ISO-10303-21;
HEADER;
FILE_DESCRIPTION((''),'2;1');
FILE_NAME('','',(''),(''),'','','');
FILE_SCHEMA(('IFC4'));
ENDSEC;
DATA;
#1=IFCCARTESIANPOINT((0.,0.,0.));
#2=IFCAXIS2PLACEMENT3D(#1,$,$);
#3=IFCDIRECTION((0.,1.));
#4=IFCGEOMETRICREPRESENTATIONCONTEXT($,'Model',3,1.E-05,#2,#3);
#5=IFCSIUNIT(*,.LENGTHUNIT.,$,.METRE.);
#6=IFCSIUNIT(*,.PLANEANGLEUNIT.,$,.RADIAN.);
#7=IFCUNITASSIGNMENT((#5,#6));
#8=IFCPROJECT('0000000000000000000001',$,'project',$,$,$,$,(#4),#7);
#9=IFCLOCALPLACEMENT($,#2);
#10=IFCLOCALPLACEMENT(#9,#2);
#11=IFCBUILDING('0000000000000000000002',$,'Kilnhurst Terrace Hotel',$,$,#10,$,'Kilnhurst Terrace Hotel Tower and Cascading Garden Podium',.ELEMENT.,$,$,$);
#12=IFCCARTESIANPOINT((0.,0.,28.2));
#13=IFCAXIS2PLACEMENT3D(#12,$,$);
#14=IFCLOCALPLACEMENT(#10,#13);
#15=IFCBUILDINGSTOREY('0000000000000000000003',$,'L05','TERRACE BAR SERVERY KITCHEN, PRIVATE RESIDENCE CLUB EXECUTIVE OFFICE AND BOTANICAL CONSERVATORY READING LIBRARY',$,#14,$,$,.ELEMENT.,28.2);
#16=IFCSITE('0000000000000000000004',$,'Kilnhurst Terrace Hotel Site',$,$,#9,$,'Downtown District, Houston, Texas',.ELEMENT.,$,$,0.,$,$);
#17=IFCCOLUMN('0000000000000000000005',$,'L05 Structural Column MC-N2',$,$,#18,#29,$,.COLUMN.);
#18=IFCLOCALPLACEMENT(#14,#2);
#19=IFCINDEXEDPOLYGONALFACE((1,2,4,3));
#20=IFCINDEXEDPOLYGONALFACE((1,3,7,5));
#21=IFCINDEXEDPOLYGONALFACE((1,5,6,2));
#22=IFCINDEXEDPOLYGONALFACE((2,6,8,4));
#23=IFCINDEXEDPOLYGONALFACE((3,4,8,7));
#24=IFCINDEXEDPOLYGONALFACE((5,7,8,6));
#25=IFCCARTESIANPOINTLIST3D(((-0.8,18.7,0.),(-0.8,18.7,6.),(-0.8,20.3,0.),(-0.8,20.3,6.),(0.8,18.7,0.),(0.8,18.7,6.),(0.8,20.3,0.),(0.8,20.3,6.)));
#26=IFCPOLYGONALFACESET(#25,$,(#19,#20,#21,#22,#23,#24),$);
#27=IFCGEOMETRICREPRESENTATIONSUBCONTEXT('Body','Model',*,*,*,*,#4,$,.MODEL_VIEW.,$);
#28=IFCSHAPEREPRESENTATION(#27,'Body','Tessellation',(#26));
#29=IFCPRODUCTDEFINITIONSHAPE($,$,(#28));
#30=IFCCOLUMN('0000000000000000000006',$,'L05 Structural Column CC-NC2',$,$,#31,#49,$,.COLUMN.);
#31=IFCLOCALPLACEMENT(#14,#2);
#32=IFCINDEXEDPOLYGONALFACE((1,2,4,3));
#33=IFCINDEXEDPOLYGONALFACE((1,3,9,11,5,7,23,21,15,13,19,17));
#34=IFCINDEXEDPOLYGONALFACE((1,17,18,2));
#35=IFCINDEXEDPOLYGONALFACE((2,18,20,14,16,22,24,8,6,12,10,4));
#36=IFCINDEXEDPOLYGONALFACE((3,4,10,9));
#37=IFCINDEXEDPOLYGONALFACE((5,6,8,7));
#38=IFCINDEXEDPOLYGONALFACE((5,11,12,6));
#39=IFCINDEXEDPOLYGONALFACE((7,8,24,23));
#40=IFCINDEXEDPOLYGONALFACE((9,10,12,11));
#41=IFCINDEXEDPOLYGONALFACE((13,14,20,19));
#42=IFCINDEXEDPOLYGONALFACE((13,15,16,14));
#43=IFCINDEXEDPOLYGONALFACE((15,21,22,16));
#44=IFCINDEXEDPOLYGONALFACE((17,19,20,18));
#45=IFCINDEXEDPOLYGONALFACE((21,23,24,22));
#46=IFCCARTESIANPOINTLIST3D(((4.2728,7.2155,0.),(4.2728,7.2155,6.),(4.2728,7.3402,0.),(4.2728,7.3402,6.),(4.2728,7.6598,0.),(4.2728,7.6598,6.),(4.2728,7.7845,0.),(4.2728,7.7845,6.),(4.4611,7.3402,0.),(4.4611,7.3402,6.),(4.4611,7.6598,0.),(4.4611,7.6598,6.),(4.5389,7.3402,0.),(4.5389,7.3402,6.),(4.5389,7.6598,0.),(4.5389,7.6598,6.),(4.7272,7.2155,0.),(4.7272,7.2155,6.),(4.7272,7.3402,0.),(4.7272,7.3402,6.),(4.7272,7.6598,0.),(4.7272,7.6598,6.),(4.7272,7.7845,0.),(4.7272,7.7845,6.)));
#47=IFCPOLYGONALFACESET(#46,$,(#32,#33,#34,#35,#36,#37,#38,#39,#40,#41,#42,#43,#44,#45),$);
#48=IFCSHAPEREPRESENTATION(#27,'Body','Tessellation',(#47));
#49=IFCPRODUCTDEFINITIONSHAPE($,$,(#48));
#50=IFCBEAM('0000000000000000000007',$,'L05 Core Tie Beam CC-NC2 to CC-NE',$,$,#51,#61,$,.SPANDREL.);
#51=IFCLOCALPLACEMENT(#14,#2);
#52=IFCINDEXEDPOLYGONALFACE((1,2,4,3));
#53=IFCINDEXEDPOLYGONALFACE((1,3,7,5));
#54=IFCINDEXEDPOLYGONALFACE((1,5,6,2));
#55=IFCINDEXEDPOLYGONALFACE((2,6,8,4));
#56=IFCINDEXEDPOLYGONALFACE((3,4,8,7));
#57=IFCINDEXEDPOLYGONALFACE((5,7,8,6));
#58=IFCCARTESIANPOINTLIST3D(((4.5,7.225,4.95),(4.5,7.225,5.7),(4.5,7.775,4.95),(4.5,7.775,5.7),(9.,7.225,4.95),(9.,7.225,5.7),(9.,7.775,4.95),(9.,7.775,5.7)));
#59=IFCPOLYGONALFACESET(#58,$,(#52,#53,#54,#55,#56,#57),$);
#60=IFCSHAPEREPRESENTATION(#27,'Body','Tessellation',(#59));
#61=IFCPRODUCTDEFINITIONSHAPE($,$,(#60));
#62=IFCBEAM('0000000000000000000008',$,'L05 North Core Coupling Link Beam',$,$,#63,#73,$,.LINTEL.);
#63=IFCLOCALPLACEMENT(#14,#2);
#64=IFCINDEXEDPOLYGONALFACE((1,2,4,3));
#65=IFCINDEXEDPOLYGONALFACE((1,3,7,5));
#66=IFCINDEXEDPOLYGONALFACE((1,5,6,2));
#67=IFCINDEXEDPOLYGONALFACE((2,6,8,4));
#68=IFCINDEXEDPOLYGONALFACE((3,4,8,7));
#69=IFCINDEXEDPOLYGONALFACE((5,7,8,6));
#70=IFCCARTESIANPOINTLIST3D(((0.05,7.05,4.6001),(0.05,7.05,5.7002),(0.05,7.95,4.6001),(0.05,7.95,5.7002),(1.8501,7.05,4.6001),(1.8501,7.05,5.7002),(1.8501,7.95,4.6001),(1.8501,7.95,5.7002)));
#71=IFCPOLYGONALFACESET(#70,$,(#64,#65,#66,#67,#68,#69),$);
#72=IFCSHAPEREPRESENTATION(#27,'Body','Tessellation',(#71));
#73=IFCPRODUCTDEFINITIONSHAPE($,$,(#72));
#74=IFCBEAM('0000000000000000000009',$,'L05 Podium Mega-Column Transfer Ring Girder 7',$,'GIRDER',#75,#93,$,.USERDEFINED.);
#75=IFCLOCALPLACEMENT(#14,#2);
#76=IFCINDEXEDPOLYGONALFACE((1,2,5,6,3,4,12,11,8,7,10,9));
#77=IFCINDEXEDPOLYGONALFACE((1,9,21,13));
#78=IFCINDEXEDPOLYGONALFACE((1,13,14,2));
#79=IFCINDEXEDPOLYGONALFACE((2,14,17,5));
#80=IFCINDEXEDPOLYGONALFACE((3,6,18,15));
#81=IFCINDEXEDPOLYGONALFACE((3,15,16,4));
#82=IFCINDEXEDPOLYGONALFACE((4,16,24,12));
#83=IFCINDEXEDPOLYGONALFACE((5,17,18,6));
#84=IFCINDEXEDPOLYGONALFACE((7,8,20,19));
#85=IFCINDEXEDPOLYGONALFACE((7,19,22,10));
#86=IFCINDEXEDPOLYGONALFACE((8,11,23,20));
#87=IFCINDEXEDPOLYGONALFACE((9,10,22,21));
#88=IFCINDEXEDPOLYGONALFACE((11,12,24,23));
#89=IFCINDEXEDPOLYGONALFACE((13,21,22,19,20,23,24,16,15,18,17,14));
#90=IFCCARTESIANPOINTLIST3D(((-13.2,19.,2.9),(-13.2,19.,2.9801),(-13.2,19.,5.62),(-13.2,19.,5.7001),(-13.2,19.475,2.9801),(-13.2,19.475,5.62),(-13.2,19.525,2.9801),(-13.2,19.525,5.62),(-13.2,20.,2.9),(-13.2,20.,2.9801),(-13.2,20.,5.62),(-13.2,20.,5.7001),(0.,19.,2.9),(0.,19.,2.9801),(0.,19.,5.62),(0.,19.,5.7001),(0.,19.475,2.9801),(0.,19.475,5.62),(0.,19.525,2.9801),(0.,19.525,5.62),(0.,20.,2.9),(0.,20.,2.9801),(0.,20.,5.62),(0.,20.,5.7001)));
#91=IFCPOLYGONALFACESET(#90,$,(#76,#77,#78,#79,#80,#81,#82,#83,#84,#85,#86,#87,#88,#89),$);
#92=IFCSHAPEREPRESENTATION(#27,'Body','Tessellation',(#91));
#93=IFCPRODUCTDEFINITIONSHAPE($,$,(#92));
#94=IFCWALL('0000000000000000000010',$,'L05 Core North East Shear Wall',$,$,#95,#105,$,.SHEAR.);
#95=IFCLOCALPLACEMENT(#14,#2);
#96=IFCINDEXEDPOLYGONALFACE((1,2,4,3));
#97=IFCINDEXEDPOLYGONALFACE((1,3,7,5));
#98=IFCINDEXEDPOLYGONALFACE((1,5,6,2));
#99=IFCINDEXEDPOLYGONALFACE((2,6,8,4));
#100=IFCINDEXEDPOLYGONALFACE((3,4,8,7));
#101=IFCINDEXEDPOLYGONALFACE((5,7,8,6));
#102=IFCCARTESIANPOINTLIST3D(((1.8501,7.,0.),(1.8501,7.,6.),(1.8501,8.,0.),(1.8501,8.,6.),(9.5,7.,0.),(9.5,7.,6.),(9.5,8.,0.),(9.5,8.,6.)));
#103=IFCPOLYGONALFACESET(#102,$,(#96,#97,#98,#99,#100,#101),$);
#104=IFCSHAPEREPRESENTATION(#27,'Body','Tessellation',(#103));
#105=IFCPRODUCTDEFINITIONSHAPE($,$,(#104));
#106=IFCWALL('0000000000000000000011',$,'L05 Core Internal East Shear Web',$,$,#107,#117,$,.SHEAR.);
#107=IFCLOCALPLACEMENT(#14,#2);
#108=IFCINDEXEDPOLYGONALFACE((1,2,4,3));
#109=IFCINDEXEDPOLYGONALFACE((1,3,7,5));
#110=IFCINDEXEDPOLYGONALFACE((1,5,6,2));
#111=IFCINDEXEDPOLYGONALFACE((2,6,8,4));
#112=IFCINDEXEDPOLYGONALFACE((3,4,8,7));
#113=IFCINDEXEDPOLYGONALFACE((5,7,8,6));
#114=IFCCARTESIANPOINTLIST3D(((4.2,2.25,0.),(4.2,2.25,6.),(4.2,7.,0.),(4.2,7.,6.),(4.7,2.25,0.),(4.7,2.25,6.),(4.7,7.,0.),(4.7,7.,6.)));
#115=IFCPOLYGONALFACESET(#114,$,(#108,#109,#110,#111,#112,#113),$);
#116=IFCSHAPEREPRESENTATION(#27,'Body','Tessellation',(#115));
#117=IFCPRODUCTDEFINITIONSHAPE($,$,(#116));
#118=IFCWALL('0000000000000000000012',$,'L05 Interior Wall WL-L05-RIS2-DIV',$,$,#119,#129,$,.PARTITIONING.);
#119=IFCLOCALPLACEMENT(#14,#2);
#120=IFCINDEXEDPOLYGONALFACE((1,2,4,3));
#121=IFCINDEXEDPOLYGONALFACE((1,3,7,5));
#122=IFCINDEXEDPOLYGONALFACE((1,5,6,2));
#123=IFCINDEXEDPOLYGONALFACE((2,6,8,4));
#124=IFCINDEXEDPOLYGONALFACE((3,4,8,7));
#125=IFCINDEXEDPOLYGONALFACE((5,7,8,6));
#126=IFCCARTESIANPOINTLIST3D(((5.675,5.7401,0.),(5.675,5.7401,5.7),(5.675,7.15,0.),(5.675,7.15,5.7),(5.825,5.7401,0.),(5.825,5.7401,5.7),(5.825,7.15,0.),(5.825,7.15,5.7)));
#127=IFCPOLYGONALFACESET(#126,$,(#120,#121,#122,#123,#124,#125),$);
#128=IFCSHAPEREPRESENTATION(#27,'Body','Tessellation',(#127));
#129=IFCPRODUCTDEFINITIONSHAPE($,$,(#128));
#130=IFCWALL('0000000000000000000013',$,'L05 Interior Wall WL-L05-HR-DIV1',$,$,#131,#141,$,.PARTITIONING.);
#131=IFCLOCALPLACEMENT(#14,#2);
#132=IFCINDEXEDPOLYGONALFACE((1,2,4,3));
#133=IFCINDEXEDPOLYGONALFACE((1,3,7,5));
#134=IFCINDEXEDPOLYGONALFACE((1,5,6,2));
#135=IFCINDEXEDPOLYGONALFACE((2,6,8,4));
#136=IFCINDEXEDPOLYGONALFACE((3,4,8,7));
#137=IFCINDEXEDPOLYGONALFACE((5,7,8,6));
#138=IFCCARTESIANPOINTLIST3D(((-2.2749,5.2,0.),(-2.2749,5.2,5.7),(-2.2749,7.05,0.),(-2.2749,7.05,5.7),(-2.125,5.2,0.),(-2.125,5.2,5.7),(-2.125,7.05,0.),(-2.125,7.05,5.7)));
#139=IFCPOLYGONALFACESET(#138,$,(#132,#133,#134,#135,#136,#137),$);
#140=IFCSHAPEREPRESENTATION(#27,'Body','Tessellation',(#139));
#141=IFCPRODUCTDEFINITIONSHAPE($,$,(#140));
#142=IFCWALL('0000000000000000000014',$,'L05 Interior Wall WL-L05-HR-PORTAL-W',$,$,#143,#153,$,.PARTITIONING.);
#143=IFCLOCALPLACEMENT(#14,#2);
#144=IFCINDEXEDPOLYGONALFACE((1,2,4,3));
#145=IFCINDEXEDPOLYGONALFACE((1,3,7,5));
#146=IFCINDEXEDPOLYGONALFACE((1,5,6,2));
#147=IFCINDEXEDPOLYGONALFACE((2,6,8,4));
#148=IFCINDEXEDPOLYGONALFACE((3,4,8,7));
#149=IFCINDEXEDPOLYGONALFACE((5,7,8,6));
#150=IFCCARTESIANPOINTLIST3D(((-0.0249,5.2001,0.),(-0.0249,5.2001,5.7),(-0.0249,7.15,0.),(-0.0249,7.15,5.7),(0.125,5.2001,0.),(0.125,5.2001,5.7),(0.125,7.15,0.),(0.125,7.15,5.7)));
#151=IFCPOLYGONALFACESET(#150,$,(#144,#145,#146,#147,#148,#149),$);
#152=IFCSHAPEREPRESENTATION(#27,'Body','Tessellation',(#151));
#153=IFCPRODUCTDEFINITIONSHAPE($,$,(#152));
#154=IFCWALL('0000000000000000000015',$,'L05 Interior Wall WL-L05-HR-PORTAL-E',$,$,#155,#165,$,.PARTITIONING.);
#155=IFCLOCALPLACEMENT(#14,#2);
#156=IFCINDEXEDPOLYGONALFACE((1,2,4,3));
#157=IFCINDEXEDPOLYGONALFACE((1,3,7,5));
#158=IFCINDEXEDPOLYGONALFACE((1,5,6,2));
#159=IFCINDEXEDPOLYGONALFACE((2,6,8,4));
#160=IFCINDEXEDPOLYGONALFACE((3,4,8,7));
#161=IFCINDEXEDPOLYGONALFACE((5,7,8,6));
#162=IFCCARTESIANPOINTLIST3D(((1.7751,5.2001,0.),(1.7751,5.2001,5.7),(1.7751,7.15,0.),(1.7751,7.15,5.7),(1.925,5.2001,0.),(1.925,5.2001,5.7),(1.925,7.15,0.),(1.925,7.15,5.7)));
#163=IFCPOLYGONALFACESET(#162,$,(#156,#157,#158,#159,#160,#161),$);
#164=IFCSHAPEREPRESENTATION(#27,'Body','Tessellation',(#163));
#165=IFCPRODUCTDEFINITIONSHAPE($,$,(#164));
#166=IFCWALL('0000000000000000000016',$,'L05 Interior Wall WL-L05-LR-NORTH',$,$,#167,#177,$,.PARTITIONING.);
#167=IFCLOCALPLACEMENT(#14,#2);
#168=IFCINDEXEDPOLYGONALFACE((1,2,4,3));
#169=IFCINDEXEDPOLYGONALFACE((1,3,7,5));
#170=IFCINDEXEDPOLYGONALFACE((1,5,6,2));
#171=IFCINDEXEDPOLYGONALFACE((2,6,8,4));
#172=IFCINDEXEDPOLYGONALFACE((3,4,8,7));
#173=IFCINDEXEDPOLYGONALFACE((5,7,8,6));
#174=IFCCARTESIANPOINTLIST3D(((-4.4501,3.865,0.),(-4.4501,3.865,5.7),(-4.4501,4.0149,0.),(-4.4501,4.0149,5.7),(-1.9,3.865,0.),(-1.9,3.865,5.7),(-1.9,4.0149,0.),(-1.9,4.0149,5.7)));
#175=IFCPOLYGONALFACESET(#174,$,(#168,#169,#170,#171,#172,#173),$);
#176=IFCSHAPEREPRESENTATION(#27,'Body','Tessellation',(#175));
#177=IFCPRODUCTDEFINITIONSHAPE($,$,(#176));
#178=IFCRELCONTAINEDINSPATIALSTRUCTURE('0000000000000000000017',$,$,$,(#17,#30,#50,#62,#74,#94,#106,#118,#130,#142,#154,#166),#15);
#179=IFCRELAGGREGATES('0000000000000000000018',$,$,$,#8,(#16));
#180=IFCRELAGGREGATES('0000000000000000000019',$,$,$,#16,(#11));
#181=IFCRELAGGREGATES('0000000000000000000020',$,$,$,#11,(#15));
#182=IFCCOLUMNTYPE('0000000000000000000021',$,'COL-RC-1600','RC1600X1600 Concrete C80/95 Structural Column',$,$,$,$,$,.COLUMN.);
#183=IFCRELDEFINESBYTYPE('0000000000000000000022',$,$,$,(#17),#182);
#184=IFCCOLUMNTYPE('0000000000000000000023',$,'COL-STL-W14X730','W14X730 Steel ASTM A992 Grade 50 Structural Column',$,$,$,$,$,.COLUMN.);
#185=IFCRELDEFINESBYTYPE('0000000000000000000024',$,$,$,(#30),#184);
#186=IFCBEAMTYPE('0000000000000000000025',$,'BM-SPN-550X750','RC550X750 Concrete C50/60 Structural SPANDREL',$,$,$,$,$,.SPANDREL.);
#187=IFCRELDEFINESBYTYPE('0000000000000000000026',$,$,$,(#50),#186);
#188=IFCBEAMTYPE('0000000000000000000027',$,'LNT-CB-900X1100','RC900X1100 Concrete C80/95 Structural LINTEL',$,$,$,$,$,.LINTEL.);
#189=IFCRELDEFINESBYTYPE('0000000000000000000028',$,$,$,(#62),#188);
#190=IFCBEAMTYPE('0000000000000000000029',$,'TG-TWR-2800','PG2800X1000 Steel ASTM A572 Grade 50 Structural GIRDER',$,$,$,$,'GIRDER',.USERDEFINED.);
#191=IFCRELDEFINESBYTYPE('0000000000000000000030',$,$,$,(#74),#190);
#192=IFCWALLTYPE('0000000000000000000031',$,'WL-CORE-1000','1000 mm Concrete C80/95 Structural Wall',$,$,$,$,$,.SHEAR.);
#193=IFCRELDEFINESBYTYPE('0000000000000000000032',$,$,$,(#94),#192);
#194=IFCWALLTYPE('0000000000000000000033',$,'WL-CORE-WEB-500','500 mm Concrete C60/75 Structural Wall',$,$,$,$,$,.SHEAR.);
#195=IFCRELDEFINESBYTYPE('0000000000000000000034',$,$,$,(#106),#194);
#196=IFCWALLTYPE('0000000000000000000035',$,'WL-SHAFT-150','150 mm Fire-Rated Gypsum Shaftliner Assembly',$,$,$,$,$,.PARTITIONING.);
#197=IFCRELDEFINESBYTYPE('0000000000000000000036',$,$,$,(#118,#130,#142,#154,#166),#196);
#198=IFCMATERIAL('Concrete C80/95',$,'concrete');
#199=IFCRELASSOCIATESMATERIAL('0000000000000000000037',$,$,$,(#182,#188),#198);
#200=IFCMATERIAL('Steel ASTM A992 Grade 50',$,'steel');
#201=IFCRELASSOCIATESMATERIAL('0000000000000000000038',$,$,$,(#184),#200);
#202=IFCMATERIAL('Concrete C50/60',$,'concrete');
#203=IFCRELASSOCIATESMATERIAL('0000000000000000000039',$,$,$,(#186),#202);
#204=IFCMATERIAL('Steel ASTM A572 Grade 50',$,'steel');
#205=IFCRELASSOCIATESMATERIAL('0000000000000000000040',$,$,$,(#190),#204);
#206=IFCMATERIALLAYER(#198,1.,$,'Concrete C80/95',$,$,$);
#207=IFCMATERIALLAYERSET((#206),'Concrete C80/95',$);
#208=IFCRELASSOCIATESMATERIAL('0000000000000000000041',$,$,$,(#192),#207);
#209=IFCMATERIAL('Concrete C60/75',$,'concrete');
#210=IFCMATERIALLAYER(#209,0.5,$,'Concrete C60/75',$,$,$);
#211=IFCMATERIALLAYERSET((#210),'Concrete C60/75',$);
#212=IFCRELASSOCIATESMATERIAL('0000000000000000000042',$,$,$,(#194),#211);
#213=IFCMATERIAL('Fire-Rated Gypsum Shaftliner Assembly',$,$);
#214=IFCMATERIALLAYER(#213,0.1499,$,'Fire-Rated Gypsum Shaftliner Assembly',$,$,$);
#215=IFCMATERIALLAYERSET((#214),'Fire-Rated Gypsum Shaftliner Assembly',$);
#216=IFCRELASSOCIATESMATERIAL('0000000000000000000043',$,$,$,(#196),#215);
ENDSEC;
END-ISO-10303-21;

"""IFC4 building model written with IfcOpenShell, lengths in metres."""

from ifc_helpers import new_model, si_unit, direction, frame, frame_2d, origin, origin_2d, place, context, subcontext, project, spatial, rectangle, i_section, extrude, material, layer, layer_set, material_profile, profile_set, type_object, element, save


model = new_model("IFC4")

# Units and contexts
model_context = context("Model", 3, precision=1e-05, world=origin(), true_north=direction((0.0, 1.0)))
body_context = subcontext(model_context, "Body", "Model", "MODEL_VIEW")
ifc_project = project(units=[si_unit("LENGTHUNIT", "METRE"), si_unit("PLANEANGLEUNIT", "RADIAN")], contexts=[model_context])

# Site, building, storey
site_placement = place(None, origin())
site = spatial("IfcSite", under=ifc_project, at=site_placement, Name="Kilnhurst Terrace Hotel Site", LongName="Downtown District, Houston, Texas", CompositionType="ELEMENT", RefElevation=0.0)
building_placement = place(site_placement, origin())
building = spatial("IfcBuilding", under=site, at=building_placement, Name="Kilnhurst Terrace Hotel", LongName="Kilnhurst Terrace Hotel Tower and Cascading Garden Podium", CompositionType="ELEMENT")
storey_placement = place(building_placement, frame((0.0, 0.0, 28.2)))
storey = spatial("IfcBuildingStorey", under=building, at=storey_placement, Name="L05", Description="TERRACE BAR SERVERY KITCHEN, PRIVATE RESIDENCE CLUB EXECUTIVE OFFICE AND BOTANICAL CONSERVATORY READING LIBRARY", CompositionType="ELEMENT", Elevation=28.2)

# Columns
ifc_material_1 = material(Name="Concrete C80/95", Category="concrete")
ifc_material_profile_1 = material_profile(ifc_material_1, rectangle(XDim=1.6001, YDim=1.6001, at=origin_2d()), Name="RC1600X1600")
ifc_profile_set_1 = profile_set([ifc_material_profile_1], Name="Concrete C80/95")
column_type_1 = type_object("IfcColumnType", Name="COL-RC-1600", Description="RC1600X1600 Concrete C80/95 Structural Column", PredefinedType="COLUMN", material=ifc_profile_set_1)
column_1_placement = place(storey_placement, frame((0.0, 19.5, 0.0), z_axis=(0.0, 0.0, 1.0), x_axis=(1.0, 0.0, 0.0)))
element("IfcColumn", 1, at=column_1_placement, inside=storey, type_object=column_type_1, Name="L05 Structural Column MC-N2", PredefinedType="COLUMN", context=body_context, shape_type="SweptSolid", body=[
    extrude(rectangle(XDim=1.6001, YDim=1.6001, at=origin_2d()), origin(), (0.0, 0.0, 1.0), 6.0),
])
ifc_material_2 = material(Name="Steel ASTM A992 Grade 50", Category="steel")
ifc_material_profile_2 = material_profile(ifc_material_2, i_section(OverallWidth=0.4543, OverallDepth=0.5691, WebThickness=0.0779, FlangeThickness=0.1248, at=origin_2d()), Name="W14X730")
ifc_profile_set_2 = profile_set([ifc_material_profile_2], Name="Steel ASTM A992 Grade 50")
column_type_2 = type_object("IfcColumnType", Name="COL-STL-W14X730", Description="W14X730 Steel ASTM A992 Grade 50 Structural Column", PredefinedType="COLUMN", material=ifc_profile_set_2)
column_2_placement = place(storey_placement, frame((4.5, 7.5, 0.0), z_axis=(0.0, 0.0, 1.0), x_axis=(1.0, 0.0, 0.0)))
element("IfcColumn", 2, at=column_2_placement, inside=storey, type_object=column_type_2, Name="L05 Structural Column CC-NC2", PredefinedType="COLUMN", context=body_context, shape_type="SweptSolid", body=[
    extrude(i_section(OverallWidth=0.4543, OverallDepth=0.5691, WebThickness=0.0779, FlangeThickness=0.1248, at=origin_2d()), origin(), (0.0, 0.0, 1.0), 6.0),
])

# Beams
ifc_material_3 = material(Name="Concrete C50/60", Category="concrete")
ifc_material_profile_3 = material_profile(ifc_material_3, rectangle(XDim=0.55, YDim=0.75, at=origin_2d()), Name="RC550X750")
ifc_profile_set_3 = profile_set([ifc_material_profile_3], Name="Concrete C50/60")
beam_type_1 = type_object("IfcBeamType", Name="BM-SPN-550X750", Description="RC550X750 Concrete C50/60 Structural SPANDREL", PredefinedType="SPANDREL", material=ifc_profile_set_3)
beam_1_placement = place(storey_placement, frame((4.5, 7.5, 5.325), z_axis=(1.0, 0.0, 0.0), x_axis=(0.0, 1.0, 0.0)))
element("IfcBeam", 3, at=beam_1_placement, inside=storey, type_object=beam_type_1, Name="L05 Core Tie Beam CC-NC2 to CC-NE", PredefinedType="SPANDREL", context=body_context, shape_type="SweptSolid", body=[
    extrude(rectangle(XDim=0.55, YDim=0.75, at=origin_2d()), origin(), (0.0, 0.0, 1.0), 4.5),
])
ifc_material_profile_4 = material_profile(ifc_material_1, rectangle(XDim=0.8999, YDim=1.1001, at=origin_2d()), Name="RC900X1100")
ifc_profile_set_4 = profile_set([ifc_material_profile_4], Name="Concrete C80/95")
beam_type_2 = type_object("IfcBeamType", Name="LNT-CB-900X1100", Description="RC900X1100 Concrete C80/95 Structural LINTEL", PredefinedType="LINTEL", material=ifc_profile_set_4)
beam_2_placement = place(storey_placement, frame((0.05, 7.5, 5.1501), z_axis=(1.0, 0.0, 0.0), x_axis=(0.0, 1.0, 0.0)))
element("IfcBeam", 4, at=beam_2_placement, inside=storey, type_object=beam_type_2, Name="L05 North Core Coupling Link Beam", PredefinedType="LINTEL", context=body_context, shape_type="SweptSolid", body=[
    extrude(rectangle(XDim=0.8999, YDim=1.1001, at=origin_2d()), origin(), (0.0, 0.0, 1.0), 1.8),
])
ifc_material_4 = material(Name="Steel ASTM A572 Grade 50", Category="steel")
ifc_material_profile_5 = material_profile(ifc_material_4, i_section(OverallWidth=1.0, OverallDepth=2.8, WebThickness=0.05, FlangeThickness=0.0801, at=origin_2d()), Name="PG2800X1000")
ifc_profile_set_5 = profile_set([ifc_material_profile_5], Name="Steel ASTM A572 Grade 50")
beam_type_3 = type_object("IfcBeamType", Name="TG-TWR-2800", Description="PG2800X1000 Steel ASTM A572 Grade 50 Structural GIRDER", ElementType="GIRDER", PredefinedType="USERDEFINED", material=ifc_profile_set_5)
beam_3_placement = place(storey_placement, frame((0.0, 19.5, 4.3), z_axis=(-1.0, 0.0, 0.0), x_axis=(0.0, -1.0, 0.0)))
element("IfcBeam", 5, at=beam_3_placement, inside=storey, type_object=beam_type_3, Name="L05 Podium Mega-Column Transfer Ring Girder 7", ObjectType="GIRDER", PredefinedType="USERDEFINED", context=body_context, shape_type="SweptSolid", body=[
    extrude(i_section(OverallWidth=1.0, OverallDepth=2.8, WebThickness=0.05, FlangeThickness=0.0801, at=origin_2d()), origin(), (0.0, 0.0, 1.0), 13.2),
])

# Walls
ifc_layer_1 = layer(ifc_material_1, 1.0, Name="Concrete C80/95")
ifc_layer_set_1 = layer_set([ifc_layer_1], Name="Concrete C80/95")
wall_type_1 = type_object("IfcWallType", Name="WL-CORE-1000", Description="1000 mm Concrete C80/95 Structural Wall", PredefinedType="SHEAR", material=ifc_layer_set_1)
wall_1_placement = place(storey_placement, frame((1.8501, 7.5, 0.0), z_axis=(0.0, 0.0, 1.0), x_axis=(1.0, 0.0, 0.0)))
element("IfcWall", 6, at=wall_1_placement, inside=storey, type_object=wall_type_1, Name="L05 Core North East Shear Wall", PredefinedType="SHEAR", context=body_context, shape_type="SweptSolid", body=[
    extrude(rectangle(XDim=7.6499, YDim=1.0, at=frame_2d((3.825, 0.0))), origin(), (0.0, 0.0, 1.0), 6.0),
])
ifc_material_5 = material(Name="Concrete C60/75", Category="concrete")
ifc_layer_2 = layer(ifc_material_5, 0.5, Name="Concrete C60/75")
ifc_layer_set_2 = layer_set([ifc_layer_2], Name="Concrete C60/75")
wall_type_2 = type_object("IfcWallType", Name="WL-CORE-WEB-500", Description="500 mm Concrete C60/75 Structural Wall", PredefinedType="SHEAR", material=ifc_layer_set_2)
wall_2_placement = place(storey_placement, frame((4.45, 2.25, 0.0), z_axis=(0.0, 0.0, 1.0), x_axis=(0.0, 1.0, 0.0)))
element("IfcWall", 7, at=wall_2_placement, inside=storey, type_object=wall_type_2, Name="L05 Core Internal East Shear Web", PredefinedType="SHEAR", context=body_context, shape_type="SweptSolid", body=[
    extrude(rectangle(XDim=4.75, YDim=0.5, at=frame_2d((2.375, 0.0))), origin(), (0.0, 0.0, 1.0), 6.0),
])
ifc_material_6 = material(Name="Fire-Rated Gypsum Shaftliner Assembly")
ifc_layer_3 = layer(ifc_material_6, 0.1499, Name="Fire-Rated Gypsum Shaftliner Assembly")
ifc_layer_set_3 = layer_set([ifc_layer_3], Name="Fire-Rated Gypsum Shaftliner Assembly")
wall_type_3 = type_object("IfcWallType", Name="WL-SHAFT-150", Description="150 mm Fire-Rated Gypsum Shaftliner Assembly", PredefinedType="PARTITIONING", material=ifc_layer_set_3)
wall_3_placement = place(storey_placement, frame((5.75, 5.74, 0.0), z_axis=(0.0, 0.0, 1.0), x_axis=(0.0, 1.0, 0.0)))
element("IfcWall", 8, at=wall_3_placement, inside=storey, type_object=wall_type_3, Name="L05 Interior Wall WL-L05-RIS2-DIV", PredefinedType="PARTITIONING", context=body_context, shape_type="SweptSolid", body=[
    extrude(rectangle(XDim=1.4099, YDim=0.1499, at=frame_2d((0.7051, 0.0))), origin(), (0.0, 0.0, 1.0), 5.7),
])
wall_4_placement = place(storey_placement, frame((-2.2, 5.2, 0.0), z_axis=(0.0, 0.0, 1.0), x_axis=(0.0, 1.0, 0.0)))
element("IfcWall", 9, at=wall_4_placement, inside=storey, type_object=wall_type_3, Name="L05 Interior Wall WL-L05-HR-DIV1", PredefinedType="PARTITIONING", context=body_context, shape_type="SweptSolid", body=[
    extrude(rectangle(XDim=1.8501, YDim=0.1499, at=frame_2d((0.925, 0.0))), origin(), (0.0, 0.0, 1.0), 5.7),
])
for number, where, z_axis, x_axis, name in (
    (10, (0.05, 5.2, 0.0), (0.0, 0.0, 1.0), (0.0, 1.0, 0.0), "L05 Interior Wall WL-L05-HR-PORTAL-W"),
    (11, (1.8501, 5.2, 0.0), (0.0, 0.0, 1.0), (0.0, 1.0, 0.0), "L05 Interior Wall WL-L05-HR-PORTAL-E"),
):
    element("IfcWall", number, at=place(storey_placement, frame(where, z_axis=z_axis, x_axis=x_axis)), inside=storey, type_object=wall_type_3, Name=name, PredefinedType="PARTITIONING", context=body_context, shape_type="SweptSolid", body=[
        extrude(rectangle(XDim=1.95, YDim=0.1499, at=frame_2d((0.9751, 0.0))), origin(), (0.0, 0.0, 1.0), 5.7),
    ])
for number, where, z_axis, x_axis, name in (
    (12, (-4.45, 3.9399, 0.0), (0.0, 0.0, 1.0), (1.0, 0.0, 0.0), "L05 Interior Wall WL-L05-LR-NORTH"),
):
    element("IfcWall", number, at=place(storey_placement, frame(where, z_axis=z_axis, x_axis=x_axis)), inside=storey, type_object=wall_type_3, Name=name, PredefinedType="PARTITIONING", context=body_context, shape_type="SweptSolid", body=[
        extrude(rectangle(XDim=2.55, YDim=0.1499, at=frame_2d((1.2749, 0.0))), origin(), (0.0, 0.0, 1.0), 5.7),
    ])

save(model, "model.ifc")
